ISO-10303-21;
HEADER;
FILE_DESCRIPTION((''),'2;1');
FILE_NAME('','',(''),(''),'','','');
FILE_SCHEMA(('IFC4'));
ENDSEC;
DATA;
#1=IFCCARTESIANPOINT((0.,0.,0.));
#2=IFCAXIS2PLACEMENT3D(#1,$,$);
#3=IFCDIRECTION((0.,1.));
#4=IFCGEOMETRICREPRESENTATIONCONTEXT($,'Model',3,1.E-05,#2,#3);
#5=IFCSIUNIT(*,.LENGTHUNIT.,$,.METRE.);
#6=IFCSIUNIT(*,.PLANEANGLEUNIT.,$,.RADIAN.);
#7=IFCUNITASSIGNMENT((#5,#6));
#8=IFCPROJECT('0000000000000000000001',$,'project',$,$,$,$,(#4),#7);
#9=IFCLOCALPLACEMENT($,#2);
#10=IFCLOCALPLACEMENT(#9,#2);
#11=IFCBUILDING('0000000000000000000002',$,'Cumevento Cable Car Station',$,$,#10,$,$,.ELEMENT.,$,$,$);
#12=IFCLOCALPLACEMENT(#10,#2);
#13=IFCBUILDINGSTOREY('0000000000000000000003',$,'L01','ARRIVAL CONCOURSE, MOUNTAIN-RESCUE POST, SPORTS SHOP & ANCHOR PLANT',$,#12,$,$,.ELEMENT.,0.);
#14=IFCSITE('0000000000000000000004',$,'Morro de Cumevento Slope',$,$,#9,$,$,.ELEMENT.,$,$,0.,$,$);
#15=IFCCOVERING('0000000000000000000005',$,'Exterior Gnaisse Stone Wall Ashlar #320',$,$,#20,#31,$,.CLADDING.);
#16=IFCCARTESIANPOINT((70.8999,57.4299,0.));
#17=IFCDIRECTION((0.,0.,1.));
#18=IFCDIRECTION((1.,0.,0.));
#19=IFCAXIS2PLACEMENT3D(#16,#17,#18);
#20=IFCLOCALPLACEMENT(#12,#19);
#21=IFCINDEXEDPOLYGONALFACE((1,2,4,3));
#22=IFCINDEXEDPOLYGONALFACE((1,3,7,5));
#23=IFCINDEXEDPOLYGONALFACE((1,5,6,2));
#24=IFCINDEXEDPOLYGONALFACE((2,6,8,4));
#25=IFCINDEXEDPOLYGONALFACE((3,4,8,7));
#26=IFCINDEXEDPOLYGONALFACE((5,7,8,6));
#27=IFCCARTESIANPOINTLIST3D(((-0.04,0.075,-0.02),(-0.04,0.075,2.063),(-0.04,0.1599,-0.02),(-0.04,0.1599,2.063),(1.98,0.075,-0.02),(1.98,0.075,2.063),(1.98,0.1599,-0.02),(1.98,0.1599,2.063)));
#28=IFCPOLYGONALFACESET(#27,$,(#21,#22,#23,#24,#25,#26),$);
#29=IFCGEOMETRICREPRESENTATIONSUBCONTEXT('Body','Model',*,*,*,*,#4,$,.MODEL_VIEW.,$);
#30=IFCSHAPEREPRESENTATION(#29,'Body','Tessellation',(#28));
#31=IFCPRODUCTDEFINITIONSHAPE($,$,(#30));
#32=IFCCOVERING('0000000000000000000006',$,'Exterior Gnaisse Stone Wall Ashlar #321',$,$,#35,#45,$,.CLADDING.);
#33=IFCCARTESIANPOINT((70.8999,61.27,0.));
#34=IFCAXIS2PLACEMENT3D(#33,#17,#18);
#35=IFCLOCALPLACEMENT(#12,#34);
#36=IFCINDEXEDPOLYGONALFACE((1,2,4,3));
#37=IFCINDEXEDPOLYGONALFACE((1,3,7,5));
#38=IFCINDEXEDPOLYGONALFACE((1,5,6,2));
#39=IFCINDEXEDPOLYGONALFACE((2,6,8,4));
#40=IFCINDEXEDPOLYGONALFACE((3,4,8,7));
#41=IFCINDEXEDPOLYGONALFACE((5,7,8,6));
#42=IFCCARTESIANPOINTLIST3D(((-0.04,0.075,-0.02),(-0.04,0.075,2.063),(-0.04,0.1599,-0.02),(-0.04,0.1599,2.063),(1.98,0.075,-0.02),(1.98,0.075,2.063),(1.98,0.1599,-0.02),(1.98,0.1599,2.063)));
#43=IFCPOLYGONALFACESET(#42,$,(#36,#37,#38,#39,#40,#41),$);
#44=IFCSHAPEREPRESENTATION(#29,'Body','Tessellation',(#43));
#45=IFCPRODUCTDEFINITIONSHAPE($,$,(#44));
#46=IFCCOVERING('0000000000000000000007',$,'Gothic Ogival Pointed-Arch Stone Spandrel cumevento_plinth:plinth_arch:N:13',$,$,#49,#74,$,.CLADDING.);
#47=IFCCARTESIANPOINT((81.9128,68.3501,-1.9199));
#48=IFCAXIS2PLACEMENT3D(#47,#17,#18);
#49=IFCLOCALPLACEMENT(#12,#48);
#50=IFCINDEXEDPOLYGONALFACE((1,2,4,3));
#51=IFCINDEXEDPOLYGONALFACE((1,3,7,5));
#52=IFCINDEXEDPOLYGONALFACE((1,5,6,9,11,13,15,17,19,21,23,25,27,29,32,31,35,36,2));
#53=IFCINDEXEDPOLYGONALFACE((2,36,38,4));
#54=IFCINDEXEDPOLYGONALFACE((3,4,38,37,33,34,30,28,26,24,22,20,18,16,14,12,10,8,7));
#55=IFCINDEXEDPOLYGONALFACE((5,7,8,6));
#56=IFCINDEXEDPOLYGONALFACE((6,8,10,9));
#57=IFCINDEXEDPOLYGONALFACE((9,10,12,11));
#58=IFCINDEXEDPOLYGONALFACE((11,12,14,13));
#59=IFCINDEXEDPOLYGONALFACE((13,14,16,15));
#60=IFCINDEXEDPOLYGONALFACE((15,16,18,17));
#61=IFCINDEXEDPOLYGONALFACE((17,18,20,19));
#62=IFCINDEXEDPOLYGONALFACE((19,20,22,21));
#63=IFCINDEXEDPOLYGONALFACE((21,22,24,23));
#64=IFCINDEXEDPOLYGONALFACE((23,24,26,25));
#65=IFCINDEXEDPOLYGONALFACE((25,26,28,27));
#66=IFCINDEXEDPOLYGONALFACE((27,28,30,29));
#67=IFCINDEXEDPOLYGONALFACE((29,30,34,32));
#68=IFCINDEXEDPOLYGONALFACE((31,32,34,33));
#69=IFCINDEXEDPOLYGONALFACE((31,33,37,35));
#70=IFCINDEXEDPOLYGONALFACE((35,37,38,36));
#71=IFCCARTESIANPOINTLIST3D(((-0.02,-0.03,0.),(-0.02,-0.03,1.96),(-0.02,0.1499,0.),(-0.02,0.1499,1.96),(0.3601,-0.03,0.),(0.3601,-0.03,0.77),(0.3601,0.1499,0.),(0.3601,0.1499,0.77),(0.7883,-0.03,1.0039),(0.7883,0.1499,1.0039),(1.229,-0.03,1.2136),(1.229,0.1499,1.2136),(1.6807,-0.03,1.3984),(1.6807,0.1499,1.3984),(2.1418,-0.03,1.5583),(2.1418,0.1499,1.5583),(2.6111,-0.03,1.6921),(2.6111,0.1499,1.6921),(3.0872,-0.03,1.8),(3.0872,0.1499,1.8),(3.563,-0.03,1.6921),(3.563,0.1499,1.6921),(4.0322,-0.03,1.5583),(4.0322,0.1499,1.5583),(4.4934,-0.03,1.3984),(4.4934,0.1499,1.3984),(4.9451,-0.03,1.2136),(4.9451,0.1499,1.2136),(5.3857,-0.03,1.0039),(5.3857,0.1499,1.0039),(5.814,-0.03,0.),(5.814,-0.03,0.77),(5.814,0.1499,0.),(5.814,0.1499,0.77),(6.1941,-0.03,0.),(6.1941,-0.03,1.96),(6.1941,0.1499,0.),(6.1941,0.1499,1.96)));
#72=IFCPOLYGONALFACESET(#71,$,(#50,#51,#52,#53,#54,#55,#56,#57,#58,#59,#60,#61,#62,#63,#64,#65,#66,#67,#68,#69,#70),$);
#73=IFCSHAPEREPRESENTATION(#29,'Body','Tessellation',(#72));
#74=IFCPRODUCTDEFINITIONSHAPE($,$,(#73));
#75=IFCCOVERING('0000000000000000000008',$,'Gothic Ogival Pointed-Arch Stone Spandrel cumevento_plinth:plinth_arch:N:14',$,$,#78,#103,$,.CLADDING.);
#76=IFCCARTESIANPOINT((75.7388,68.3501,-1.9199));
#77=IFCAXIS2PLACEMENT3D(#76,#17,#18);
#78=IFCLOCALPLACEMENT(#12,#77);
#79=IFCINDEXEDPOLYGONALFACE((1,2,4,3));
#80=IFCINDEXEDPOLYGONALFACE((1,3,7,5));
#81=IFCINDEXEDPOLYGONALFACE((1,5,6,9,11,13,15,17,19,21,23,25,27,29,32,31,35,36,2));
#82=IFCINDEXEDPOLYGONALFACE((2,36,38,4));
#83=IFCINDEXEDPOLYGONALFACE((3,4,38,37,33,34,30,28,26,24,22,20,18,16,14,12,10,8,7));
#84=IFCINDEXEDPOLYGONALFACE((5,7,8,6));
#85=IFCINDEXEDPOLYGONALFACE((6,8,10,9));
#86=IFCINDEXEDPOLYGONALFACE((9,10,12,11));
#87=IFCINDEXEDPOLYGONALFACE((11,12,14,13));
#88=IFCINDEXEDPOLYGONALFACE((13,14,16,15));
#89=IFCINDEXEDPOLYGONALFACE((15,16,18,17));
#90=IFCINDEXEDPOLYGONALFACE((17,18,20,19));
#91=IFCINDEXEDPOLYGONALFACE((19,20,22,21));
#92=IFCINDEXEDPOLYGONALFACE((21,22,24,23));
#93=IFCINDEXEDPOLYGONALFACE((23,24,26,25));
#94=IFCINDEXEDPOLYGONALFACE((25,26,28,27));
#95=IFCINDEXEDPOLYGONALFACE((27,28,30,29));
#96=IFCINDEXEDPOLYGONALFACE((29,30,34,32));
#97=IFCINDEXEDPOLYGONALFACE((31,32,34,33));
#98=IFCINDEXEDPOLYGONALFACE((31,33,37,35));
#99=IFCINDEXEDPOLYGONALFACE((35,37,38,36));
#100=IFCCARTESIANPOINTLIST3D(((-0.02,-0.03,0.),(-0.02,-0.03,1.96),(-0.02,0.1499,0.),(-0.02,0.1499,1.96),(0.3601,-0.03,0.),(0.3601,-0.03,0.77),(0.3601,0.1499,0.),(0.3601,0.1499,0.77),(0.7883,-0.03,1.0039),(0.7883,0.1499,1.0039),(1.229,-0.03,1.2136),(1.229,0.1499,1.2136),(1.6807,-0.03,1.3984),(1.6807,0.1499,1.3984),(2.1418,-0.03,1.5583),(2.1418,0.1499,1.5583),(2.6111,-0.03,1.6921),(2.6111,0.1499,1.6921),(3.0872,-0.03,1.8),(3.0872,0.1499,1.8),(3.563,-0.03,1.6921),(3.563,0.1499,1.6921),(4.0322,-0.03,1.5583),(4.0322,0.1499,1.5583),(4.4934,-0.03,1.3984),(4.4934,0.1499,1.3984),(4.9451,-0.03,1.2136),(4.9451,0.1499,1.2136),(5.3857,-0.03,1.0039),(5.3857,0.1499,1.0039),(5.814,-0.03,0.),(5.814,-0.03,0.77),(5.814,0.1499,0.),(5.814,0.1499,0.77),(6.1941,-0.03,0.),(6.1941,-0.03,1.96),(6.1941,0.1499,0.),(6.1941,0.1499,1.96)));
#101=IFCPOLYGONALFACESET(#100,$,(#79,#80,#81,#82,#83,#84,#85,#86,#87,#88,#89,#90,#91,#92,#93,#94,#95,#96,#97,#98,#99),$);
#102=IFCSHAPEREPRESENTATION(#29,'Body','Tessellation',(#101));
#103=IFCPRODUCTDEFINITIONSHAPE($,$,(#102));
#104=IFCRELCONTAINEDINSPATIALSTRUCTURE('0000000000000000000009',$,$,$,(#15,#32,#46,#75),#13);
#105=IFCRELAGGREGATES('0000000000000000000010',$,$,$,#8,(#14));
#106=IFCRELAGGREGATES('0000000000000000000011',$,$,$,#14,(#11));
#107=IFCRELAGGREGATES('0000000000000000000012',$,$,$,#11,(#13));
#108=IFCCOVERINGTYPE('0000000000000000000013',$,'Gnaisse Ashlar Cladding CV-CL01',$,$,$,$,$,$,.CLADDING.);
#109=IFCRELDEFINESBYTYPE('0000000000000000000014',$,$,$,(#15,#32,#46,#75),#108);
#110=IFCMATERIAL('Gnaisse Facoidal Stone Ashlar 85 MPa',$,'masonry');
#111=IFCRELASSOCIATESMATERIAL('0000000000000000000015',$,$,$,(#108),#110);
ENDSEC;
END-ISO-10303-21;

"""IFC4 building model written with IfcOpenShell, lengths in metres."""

from ifc_helpers import new_model, si_unit, direction, frame, origin, place, context, subcontext, project, spatial, polyline, outline, extrude, material, type_object, element, save


model = new_model("IFC4")

# Units and contexts
model_context = context("Model", 3, precision=1e-05, world=origin(), true_north=direction((0.0, 1.0)))
body_context = subcontext(model_context, "Body", "Model", "MODEL_VIEW")
ifc_project = project(units=[si_unit("LENGTHUNIT", "METRE"), si_unit("PLANEANGLEUNIT", "RADIAN")], contexts=[model_context])

# Site, building, storey
site_placement = place(None, origin())
site = spatial("IfcSite", under=ifc_project, at=site_placement, Name="Morro de Cumevento Slope", CompositionType="ELEMENT", RefElevation=0.0)
building_placement = place(site_placement, origin())
building = spatial("IfcBuilding", under=site, at=building_placement, Name="Cumevento Cable Car Station", CompositionType="ELEMENT")
storey_placement = place(building_placement, origin())
storey = spatial("IfcBuildingStorey", under=building, at=storey_placement, Name="L01", Description="ARRIVAL CONCOURSE, MOUNTAIN-RESCUE POST, SPORTS SHOP & ANCHOR PLANT", CompositionType="ELEMENT", Elevation=0.0)

# Coverings
ifc_material_1 = material(Name="Gnaisse Facoidal Stone Ashlar 85 MPa", Category="masonry")
covering_type = type_object("IfcCoveringType", Name="Gnaisse Ashlar Cladding CV-CL01", PredefinedType="CLADDING", material=ifc_material_1)
for number, where, z_axis, x_axis, name in (
    (1, (70.8999, 57.4299, 0.0), (0.0, 0.0, 1.0), (1.0, 0.0, 0.0), "Exterior Gnaisse Stone Wall Ashlar #320"),
    (2, (70.8999, 61.27, 0.0), (0.0, 0.0, 1.0), (1.0, 0.0, 0.0), "Exterior Gnaisse Stone Wall Ashlar #321"),
):
    element("IfcCovering", number, at=place(storey_placement, frame(where, z_axis=z_axis, x_axis=x_axis)), inside=storey, type_object=covering_type, Name=name, PredefinedType="CLADDING", context=body_context, shape_type="SweptSolid", body=[
        extrude(outline(polyline([(-0.04, -0.02), (1.98, -0.02), (1.98, 2.063), (-0.04, 2.063), (-0.04, -0.02)])), frame((0.0, 0.1599, 0.0), z_axis=(0.0, -1.0, 0.0), x_axis=(1.0, 0.0, 0.0)), (0.0, 0.0, 1.0), 0.085),
    ])
for number, where, z_axis, x_axis, name in (
    (3, (81.9128, 68.3501, -1.9199), (0.0, 0.0, 1.0), (1.0, 0.0, 0.0), "Gothic Ogival Pointed-Arch Stone Spandrel cumevento_plinth:plinth_arch:N:13"),
    (4, (75.7388, 68.3501, -1.9199), (0.0, 0.0, 1.0), (1.0, 0.0, 0.0), "Gothic Ogival Pointed-Arch Stone Spandrel cumevento_plinth:plinth_arch:N:14"),
):
    element("IfcCovering", number, at=place(storey_placement, frame(where, z_axis=z_axis, x_axis=x_axis)), inside=storey, type_object=covering_type, Name=name, PredefinedType="CLADDING", context=body_context, shape_type="SweptSolid", body=[
        extrude(outline(polyline([(-0.02, 0.0), (-0.02, 1.96), (6.1941, 1.96), (6.1941, 0.0), (5.814, 0.0), (5.814, 0.77), (5.3857, 1.0039), (4.9451, 1.2136), (4.4934, 1.3984), (4.0322, 1.5583), (3.563, 1.6921), (3.0872, 1.8), (2.6111, 1.6921), (2.1418, 1.5583), (1.6807, 1.3984), (1.229, 1.2136), (0.7883, 1.0039), (0.3601, 0.77), (0.3601, 0.0), (-0.02, 0.0)])), frame((0.0, 0.1499, 0.0), z_axis=(0.0, -1.0, 0.0), x_axis=(1.0, 0.0, 0.0)), (0.0, 0.0, 1.0), 0.1799),
    ])

save(model, "model.ifc")
